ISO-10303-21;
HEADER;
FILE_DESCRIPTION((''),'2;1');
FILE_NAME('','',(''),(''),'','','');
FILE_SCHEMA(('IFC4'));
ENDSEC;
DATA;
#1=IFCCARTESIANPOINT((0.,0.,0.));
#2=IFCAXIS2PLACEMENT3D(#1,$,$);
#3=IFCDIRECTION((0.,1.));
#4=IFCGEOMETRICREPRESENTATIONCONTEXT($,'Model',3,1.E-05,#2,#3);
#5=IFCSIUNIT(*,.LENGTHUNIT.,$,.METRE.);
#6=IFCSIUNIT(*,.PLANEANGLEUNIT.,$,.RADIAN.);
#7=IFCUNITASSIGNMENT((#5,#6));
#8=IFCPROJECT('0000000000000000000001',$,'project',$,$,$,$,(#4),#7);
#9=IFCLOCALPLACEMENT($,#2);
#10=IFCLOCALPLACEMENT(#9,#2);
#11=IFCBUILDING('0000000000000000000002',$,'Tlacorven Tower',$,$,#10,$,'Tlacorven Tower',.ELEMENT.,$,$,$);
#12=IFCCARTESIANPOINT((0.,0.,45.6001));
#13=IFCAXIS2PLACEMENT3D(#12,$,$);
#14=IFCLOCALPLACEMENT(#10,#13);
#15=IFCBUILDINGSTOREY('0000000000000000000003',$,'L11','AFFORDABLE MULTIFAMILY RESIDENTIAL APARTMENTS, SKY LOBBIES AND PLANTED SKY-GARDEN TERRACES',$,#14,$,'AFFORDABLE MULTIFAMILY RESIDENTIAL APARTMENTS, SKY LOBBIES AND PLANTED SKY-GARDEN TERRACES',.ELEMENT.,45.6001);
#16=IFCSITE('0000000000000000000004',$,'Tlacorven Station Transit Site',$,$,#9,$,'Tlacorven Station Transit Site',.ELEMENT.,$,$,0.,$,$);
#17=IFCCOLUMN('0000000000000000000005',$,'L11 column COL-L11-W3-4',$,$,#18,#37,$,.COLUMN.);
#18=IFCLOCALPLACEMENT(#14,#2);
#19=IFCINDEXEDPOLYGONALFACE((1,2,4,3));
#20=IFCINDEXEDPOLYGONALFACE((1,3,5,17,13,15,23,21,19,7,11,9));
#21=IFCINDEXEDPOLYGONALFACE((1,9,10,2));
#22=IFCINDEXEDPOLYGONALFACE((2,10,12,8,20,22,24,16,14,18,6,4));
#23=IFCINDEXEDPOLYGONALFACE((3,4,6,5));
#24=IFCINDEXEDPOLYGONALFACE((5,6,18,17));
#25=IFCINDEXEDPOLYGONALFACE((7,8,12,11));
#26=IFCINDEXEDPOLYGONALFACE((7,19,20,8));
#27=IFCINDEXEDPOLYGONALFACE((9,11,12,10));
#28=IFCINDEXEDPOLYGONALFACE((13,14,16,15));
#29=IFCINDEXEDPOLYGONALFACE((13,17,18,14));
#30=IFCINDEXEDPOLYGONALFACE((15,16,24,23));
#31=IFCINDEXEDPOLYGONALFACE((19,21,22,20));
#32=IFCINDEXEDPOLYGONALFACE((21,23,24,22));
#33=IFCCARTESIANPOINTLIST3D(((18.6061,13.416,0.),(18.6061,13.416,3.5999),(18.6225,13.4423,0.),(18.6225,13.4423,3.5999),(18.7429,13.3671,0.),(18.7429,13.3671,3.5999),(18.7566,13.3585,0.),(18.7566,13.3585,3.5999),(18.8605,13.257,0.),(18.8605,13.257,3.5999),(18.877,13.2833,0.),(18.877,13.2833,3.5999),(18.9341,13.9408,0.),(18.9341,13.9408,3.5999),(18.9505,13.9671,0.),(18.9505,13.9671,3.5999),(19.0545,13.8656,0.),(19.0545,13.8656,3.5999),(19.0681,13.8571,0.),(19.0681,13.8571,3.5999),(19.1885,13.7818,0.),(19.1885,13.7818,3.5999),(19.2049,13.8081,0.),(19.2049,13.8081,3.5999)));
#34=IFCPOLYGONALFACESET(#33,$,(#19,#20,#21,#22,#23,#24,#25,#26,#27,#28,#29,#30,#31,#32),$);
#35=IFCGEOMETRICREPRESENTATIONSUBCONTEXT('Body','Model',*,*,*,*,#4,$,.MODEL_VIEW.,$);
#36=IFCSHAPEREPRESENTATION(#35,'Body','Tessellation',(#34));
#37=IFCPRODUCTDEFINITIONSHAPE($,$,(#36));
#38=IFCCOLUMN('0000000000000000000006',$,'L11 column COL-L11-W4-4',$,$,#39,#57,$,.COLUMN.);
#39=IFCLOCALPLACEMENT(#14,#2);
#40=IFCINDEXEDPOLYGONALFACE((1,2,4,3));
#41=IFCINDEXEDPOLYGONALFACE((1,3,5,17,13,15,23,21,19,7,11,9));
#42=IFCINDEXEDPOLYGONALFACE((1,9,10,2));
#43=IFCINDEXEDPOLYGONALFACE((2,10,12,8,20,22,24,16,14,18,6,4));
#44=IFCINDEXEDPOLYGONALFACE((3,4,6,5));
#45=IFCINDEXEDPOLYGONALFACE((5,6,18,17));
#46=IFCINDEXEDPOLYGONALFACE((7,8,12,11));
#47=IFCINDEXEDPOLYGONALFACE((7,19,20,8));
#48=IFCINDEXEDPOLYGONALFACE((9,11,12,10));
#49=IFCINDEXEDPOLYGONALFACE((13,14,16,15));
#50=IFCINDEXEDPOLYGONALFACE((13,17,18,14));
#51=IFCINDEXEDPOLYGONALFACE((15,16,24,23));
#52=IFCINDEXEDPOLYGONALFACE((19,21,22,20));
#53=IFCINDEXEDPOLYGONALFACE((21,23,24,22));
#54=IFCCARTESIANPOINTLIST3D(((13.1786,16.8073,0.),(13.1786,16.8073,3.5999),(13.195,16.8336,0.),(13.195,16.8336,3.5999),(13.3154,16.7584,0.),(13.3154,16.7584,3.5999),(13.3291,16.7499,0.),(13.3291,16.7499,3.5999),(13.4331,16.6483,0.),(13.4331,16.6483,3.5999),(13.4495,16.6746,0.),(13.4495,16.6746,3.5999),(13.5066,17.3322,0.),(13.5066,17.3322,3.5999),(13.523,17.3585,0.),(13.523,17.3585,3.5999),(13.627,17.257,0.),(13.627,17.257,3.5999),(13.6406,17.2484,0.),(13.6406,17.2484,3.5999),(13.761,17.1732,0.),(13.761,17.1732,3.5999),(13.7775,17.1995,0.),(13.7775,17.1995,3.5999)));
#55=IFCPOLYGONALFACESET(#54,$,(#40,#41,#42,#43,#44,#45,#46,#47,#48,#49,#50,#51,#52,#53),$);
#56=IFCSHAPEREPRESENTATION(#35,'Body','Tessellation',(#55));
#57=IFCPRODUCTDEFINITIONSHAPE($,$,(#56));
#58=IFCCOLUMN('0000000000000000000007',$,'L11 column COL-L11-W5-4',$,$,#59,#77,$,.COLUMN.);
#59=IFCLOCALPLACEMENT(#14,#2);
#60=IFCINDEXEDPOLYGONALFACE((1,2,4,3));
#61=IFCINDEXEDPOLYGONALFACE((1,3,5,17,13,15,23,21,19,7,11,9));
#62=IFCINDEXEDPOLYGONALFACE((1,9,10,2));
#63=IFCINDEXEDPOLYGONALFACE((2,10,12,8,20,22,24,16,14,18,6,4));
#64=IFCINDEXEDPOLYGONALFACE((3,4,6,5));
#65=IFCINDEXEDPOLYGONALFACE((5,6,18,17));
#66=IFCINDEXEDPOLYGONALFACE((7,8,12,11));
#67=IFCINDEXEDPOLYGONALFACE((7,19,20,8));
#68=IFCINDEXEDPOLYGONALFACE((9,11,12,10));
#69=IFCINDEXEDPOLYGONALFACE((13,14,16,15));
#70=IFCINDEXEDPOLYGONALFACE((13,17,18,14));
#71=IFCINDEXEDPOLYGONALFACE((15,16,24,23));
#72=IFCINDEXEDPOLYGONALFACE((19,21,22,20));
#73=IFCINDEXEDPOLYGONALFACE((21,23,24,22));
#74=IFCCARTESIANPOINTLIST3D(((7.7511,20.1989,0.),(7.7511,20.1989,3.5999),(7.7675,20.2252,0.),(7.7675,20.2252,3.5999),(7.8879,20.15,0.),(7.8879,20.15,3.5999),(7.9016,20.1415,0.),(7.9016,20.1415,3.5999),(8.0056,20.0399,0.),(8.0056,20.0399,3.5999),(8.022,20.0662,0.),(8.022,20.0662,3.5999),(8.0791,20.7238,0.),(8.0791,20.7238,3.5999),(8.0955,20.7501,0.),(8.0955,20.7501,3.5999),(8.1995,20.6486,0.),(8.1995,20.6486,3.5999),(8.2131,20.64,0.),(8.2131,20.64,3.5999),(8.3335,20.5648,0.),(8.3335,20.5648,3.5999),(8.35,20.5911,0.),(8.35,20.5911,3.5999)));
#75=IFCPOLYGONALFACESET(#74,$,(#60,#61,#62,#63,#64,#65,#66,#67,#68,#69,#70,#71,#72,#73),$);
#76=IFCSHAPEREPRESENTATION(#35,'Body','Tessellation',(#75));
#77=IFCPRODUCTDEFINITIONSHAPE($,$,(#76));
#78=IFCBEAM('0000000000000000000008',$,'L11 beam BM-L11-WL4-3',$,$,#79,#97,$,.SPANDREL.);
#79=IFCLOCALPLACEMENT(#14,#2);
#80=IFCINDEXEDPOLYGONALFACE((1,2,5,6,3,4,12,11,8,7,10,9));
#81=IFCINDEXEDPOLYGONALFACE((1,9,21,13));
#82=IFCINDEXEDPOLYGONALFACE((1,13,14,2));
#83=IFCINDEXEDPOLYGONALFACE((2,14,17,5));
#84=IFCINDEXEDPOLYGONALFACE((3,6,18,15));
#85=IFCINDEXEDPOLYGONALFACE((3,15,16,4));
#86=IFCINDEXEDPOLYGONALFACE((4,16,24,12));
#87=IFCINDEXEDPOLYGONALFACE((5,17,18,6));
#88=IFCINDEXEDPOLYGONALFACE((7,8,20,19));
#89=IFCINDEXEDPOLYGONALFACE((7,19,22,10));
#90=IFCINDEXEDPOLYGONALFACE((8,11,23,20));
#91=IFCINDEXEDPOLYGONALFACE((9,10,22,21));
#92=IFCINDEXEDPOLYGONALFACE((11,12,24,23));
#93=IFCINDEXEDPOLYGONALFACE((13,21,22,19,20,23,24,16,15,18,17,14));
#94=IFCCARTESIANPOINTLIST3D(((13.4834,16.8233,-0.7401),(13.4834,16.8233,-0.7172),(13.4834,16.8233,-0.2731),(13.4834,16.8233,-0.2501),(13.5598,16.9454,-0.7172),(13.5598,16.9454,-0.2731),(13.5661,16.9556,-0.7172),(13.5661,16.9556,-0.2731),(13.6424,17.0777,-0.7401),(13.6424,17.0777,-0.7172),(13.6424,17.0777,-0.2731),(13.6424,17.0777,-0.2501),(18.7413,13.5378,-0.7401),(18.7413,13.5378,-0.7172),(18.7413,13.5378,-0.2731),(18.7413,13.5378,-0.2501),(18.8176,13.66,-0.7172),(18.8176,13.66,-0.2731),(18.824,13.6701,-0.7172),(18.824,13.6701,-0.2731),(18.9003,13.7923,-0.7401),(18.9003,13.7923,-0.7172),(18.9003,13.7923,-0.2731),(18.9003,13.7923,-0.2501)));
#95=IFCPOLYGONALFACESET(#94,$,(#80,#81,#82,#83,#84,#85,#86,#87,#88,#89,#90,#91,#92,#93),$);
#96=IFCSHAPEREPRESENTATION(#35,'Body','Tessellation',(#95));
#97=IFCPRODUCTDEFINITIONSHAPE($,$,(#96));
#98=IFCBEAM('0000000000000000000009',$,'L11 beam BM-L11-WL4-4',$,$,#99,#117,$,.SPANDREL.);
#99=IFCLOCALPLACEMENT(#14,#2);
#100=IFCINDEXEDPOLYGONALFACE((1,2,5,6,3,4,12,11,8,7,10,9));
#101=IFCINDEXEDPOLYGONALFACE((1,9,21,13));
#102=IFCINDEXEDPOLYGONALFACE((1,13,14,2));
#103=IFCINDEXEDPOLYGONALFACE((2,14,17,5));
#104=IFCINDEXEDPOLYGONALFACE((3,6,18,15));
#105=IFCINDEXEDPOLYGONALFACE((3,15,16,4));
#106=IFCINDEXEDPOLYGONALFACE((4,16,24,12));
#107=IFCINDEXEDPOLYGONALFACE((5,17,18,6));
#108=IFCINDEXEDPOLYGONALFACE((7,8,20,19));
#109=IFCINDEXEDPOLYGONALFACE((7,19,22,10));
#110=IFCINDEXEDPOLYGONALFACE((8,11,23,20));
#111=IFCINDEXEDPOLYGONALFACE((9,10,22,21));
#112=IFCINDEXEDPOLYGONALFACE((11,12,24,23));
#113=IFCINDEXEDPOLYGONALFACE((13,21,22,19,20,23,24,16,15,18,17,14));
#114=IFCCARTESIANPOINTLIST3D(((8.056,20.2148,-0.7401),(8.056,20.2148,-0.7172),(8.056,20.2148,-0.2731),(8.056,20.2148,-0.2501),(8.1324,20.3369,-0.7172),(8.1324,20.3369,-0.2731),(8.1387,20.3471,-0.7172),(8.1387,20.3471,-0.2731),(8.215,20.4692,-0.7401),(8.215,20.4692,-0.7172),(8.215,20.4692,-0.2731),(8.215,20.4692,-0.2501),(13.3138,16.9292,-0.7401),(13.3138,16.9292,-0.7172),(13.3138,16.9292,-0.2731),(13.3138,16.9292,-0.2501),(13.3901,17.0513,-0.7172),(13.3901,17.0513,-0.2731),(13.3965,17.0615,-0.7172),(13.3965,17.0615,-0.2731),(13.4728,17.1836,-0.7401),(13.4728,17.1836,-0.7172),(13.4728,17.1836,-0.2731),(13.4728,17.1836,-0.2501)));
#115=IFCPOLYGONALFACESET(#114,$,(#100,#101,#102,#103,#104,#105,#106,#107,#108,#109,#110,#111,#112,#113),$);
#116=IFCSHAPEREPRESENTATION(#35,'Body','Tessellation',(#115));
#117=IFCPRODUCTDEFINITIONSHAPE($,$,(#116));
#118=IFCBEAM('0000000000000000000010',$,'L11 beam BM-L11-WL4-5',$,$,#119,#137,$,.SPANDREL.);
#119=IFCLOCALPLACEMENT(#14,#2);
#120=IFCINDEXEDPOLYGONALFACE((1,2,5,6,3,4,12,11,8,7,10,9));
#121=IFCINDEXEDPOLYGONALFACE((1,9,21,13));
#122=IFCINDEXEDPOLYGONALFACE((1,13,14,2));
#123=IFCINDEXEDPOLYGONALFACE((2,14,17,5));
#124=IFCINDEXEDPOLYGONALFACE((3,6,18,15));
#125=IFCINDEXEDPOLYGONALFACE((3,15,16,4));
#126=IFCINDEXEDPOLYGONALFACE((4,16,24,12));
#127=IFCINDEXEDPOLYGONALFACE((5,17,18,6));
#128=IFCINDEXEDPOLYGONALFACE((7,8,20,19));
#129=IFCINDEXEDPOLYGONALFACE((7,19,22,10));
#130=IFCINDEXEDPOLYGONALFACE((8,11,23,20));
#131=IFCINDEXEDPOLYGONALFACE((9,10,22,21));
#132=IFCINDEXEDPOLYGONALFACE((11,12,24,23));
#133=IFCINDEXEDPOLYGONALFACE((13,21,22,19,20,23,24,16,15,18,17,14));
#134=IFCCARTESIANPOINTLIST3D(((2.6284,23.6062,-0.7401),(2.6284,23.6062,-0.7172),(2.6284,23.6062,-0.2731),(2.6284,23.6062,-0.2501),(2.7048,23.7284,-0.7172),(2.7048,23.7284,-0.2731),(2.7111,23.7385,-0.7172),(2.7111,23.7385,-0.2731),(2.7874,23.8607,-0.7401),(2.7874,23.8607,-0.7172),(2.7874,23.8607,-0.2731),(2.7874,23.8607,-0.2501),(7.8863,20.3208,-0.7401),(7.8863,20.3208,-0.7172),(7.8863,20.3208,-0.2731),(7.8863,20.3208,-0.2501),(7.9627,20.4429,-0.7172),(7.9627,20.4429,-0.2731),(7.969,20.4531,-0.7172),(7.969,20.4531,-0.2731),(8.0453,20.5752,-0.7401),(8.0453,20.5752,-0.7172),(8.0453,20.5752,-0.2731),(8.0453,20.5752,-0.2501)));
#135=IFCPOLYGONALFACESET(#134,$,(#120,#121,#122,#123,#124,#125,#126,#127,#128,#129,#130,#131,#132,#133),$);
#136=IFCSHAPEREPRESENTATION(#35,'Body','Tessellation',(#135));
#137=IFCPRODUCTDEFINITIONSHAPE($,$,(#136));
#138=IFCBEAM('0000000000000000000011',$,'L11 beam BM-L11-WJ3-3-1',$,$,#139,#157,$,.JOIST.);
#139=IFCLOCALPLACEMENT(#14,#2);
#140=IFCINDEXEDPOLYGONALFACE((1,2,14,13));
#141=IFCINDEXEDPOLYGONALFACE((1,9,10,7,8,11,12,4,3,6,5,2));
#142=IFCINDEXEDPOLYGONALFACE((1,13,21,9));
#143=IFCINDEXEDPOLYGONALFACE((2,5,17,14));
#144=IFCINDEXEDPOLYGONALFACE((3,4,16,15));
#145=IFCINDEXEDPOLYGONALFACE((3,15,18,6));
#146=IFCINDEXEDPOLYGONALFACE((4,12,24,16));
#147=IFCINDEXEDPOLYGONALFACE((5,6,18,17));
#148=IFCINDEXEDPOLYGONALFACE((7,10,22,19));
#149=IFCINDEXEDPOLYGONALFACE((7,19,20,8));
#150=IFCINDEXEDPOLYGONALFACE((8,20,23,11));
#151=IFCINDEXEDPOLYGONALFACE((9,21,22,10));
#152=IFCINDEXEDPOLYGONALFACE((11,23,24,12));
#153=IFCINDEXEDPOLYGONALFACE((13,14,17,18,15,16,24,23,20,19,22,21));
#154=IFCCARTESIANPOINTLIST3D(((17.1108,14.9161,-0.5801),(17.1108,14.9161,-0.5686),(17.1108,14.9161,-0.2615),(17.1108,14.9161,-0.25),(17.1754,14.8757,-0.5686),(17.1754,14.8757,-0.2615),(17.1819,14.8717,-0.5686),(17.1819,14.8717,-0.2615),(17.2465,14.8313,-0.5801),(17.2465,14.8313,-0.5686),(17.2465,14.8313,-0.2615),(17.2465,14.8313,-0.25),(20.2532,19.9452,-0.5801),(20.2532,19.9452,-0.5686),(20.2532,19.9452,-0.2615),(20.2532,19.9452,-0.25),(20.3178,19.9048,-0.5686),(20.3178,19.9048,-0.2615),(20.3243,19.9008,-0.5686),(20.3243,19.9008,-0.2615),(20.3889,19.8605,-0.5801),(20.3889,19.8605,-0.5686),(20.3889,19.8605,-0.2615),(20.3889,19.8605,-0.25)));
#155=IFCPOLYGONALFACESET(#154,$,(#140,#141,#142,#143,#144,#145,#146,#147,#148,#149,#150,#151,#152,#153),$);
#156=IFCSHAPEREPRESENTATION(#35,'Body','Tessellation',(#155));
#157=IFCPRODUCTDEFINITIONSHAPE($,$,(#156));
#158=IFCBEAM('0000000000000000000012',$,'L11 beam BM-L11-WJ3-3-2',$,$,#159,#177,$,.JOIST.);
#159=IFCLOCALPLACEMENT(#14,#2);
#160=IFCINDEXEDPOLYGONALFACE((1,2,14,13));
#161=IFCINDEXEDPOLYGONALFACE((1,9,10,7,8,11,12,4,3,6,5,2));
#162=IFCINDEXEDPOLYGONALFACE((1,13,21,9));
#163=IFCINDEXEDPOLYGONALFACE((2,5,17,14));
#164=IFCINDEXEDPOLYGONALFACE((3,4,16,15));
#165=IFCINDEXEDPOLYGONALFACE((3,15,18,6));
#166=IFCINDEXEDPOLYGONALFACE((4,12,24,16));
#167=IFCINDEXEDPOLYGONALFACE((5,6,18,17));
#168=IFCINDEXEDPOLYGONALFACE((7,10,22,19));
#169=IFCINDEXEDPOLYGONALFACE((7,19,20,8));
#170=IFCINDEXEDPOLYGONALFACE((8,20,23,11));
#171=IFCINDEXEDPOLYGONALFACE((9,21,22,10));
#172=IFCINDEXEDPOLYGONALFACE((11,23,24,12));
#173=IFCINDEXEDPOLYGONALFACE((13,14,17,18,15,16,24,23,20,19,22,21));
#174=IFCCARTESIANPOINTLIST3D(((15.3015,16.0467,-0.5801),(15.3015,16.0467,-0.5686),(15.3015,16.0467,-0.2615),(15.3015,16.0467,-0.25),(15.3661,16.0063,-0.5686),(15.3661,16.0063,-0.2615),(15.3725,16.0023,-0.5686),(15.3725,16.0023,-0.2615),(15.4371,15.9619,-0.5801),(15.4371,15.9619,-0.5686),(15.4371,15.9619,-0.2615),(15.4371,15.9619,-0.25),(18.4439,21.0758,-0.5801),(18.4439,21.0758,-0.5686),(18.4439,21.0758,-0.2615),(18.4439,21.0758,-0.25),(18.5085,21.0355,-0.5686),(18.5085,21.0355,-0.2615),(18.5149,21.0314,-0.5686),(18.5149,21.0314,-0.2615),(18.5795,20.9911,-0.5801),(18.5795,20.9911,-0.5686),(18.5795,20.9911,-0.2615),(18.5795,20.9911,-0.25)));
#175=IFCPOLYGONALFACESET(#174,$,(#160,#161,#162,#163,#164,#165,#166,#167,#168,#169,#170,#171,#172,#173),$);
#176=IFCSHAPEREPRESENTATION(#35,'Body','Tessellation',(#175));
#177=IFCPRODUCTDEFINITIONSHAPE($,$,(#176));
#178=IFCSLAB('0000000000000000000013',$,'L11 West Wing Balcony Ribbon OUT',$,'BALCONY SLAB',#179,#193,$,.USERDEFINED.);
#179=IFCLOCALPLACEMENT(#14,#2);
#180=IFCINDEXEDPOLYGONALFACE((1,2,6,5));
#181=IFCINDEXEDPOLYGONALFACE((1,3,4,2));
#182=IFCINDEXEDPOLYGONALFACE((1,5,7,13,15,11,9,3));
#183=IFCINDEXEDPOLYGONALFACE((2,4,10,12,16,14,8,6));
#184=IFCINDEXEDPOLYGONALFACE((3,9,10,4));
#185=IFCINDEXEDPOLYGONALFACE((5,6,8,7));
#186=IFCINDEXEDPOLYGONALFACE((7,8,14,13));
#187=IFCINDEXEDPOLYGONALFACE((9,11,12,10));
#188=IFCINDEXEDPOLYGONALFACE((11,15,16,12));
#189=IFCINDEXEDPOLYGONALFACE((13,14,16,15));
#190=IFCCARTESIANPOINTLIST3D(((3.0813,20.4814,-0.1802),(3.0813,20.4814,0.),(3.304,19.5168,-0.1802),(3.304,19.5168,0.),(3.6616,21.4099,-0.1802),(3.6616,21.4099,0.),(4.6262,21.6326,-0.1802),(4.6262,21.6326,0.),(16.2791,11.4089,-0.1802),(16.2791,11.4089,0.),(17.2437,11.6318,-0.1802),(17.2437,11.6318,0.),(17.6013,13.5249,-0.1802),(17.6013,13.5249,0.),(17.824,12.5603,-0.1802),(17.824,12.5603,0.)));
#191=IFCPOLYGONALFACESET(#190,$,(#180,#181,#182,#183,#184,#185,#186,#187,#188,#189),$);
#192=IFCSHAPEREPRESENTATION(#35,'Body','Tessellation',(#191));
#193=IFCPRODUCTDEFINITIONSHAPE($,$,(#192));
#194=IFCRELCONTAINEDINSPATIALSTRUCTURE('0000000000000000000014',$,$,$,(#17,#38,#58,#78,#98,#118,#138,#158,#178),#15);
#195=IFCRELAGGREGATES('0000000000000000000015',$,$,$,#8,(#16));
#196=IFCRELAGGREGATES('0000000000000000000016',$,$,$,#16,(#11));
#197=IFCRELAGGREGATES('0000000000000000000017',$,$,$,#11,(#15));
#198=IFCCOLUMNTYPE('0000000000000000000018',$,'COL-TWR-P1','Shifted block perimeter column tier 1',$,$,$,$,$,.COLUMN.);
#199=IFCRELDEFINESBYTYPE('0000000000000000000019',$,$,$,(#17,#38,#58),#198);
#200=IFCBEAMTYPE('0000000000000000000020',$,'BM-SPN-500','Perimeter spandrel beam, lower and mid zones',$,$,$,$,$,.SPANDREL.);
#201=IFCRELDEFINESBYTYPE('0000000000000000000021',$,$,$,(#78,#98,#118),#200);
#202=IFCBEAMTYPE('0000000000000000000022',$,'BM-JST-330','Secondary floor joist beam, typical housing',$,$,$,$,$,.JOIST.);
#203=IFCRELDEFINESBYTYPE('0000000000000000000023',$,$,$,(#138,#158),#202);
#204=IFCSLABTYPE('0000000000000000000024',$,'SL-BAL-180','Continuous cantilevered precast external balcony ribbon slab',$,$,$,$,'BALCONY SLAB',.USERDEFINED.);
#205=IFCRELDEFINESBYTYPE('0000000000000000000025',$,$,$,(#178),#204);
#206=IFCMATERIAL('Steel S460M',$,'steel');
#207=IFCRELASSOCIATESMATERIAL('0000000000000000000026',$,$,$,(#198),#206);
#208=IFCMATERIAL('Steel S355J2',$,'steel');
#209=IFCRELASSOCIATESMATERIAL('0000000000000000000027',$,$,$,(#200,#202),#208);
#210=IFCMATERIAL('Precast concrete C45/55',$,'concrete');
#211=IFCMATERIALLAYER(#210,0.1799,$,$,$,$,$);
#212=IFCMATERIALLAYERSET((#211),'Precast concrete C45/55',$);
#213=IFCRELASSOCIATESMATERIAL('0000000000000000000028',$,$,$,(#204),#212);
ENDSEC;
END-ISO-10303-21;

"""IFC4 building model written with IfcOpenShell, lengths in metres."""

from ifc_helpers import new_model, si_unit, direction, frame, origin, origin_2d, place, context, subcontext, project, spatial, polyline, i_section, outline, extrude, source, transform, mapped, material, layer, layer_set, material_profile, profile_set, type_object, element, save


model = new_model("IFC4")

# Units and contexts
model_context = context("Model", 3, precision=1e-05, world=origin(), true_north=direction((0.0, 1.0)))
body_context = subcontext(model_context, "Body", "Model", "MODEL_VIEW")
ifc_project = project(units=[si_unit("LENGTHUNIT", "METRE"), si_unit("PLANEANGLEUNIT", "RADIAN")], contexts=[model_context])

# Site, building, storey
site_placement = place(None, origin())
site = spatial("IfcSite", under=ifc_project, at=site_placement, Name="Tlacorven Station Transit Site", LongName="Tlacorven Station Transit Site", CompositionType="ELEMENT", RefElevation=0.0)
building_placement = place(site_placement, origin())
building = spatial("IfcBuilding", under=site, at=building_placement, Name="Tlacorven Tower", LongName="Tlacorven Tower", CompositionType="ELEMENT")
storey_placement = place(building_placement, frame((0.0, 0.0, 45.6001)))
storey = spatial("IfcBuildingStorey", under=building, at=storey_placement, Name="L11", Description="AFFORDABLE MULTIFAMILY RESIDENTIAL APARTMENTS, SKY LOBBIES AND PLANTED SKY-GARDEN TERRACES", LongName="AFFORDABLE MULTIFAMILY RESIDENTIAL APARTMENTS, SKY LOBBIES AND PLANTED SKY-GARDEN TERRACES", CompositionType="ELEMENT", Elevation=45.6001)

# Columns
ifc_material_1 = material(Name="Steel S460M", Category="steel")
ifc_material_profile_1 = material_profile(ifc_material_1, i_section(OverallWidth=0.3, OverallDepth=0.6499, WebThickness=0.0161, FlangeThickness=0.031, at=origin_2d()), Name="HEB 650")
ifc_profile_set_1 = profile_set([ifc_material_profile_1], Name="Steel S460M")
column_type = type_object("IfcColumnType", Name="COL-TWR-P1", Description="Shifted block perimeter column tier 1", PredefinedType="COLUMN", material=ifc_profile_set_1)
shared_shape_1 = source(origin(), body_context, "Body", "SweptSolid", [
    extrude(i_section(OverallWidth=0.3, OverallDepth=0.6499, WebThickness=0.0161, FlangeThickness=0.031, at=origin_2d()), origin(), (0.0, 0.0, 1.0), 3.5999),
])
for number, where, z_axis, x_axis, name in (
    (1, (18.9055, 13.6121, 0.0), (0.0, 0.0, 1.0), (-0.848048, 0.529919, 0.0), "L11 column COL-L11-W3-4"),
    (2, (13.478, 17.0034, 0.0), (0.0, 0.0, 1.0), (-0.848048, 0.529919, 0.0), "L11 column COL-L11-W4-4"),
    (3, (8.0505, 20.395, 0.0), (0.0, 0.0, 1.0), (-0.848048, 0.529919, 0.0), "L11 column COL-L11-W5-4"),
):
    element("IfcColumn", number, at=place(storey_placement, frame(where, z_axis=z_axis, x_axis=x_axis)), inside=storey, type_object=column_type, Name=name, PredefinedType="COLUMN", context=body_context, shape_type="MappedRepresentation", body=[
        mapped(shared_shape_1, transform((0.0, 0.0, 0.0), scale=1.0)),
    ])

# Beams
ifc_material_2 = material(Name="Steel S355J2", Category="steel")
ifc_material_profile_2 = material_profile(ifc_material_2, i_section(OverallWidth=0.3, OverallDepth=0.49, WebThickness=0.012, FlangeThickness=0.0229, at=origin_2d()), Name="HEA 500")
ifc_profile_set_2 = profile_set([ifc_material_profile_2], Name="Steel S355J2")
beam_type_1 = type_object("IfcBeamType", Name="BM-SPN-500", Description="Perimeter spandrel beam, lower and mid zones", PredefinedType="SPANDREL", material=ifc_profile_set_2)
shared_shape_2 = source(origin(), body_context, "Body", "SweptSolid", [
    extrude(i_section(OverallWidth=0.3, OverallDepth=0.49, WebThickness=0.012, FlangeThickness=0.0229, at=origin_2d()), origin(), (0.0, 0.0, 1.0), 6.2),
])
for number, where, z_axis, x_axis, name in (
    (4, (18.8208, 13.665, -0.4951), (-0.848051, 0.529914, 0.0), (-0.529914, -0.848051, 0.0), "L11 beam BM-L11-WL4-3"),
    (5, (13.3933, 17.0564, -0.4951), (-0.848034, 0.529942, 0.0), (-0.529942, -0.848034, 0.0), "L11 beam BM-L11-WL4-4"),
    (6, (7.9658, 20.448, -0.4951), (-0.848051, 0.529914, 0.0), (-0.529914, -0.848051, 0.0), "L11 beam BM-L11-WL4-5"),
):
    element("IfcBeam", number, at=place(storey_placement, frame(where, z_axis=z_axis, x_axis=x_axis)), inside=storey, type_object=beam_type_1, Name=name, PredefinedType="SPANDREL", context=body_context, shape_type="MappedRepresentation", body=[
        mapped(shared_shape_2, transform((0.0, 0.0, 0.0), scale=1.0)),
    ])
ifc_material_profile_3 = material_profile(ifc_material_2, i_section(OverallWidth=0.1599, OverallDepth=0.3301, WebThickness=0.0076, FlangeThickness=0.0115, at=origin_2d()), Name="IPE 330")
ifc_profile_set_3 = profile_set([ifc_material_profile_3], Name="Steel S355J2")
beam_type_2 = type_object("IfcBeamType", Name="BM-JST-330", Description="Secondary floor joist beam, typical housing", PredefinedType="JOIST", material=ifc_profile_set_3)
shared_shape_3 = source(origin(), body_context, "Body", "SweptSolid", [
    extrude(i_section(OverallWidth=0.1599, OverallDepth=0.3301, WebThickness=0.0076, FlangeThickness=0.0115, at=origin_2d()), origin(), (0.0, 0.0, 1.0), 5.9302),
])
for number, where, z_axis, x_axis, name in (
    (7, (20.321, 19.9028, -0.415), (-0.529899, -0.848061, 0.0), (0.848061, -0.529899, 0.0), "L11 beam BM-L11-WJ3-3-1"),
    (8, (18.5117, 21.0334, -0.415), (-0.529899, -0.848061, 0.0), (0.848061, -0.529899, 0.0), "L11 beam BM-L11-WJ3-3-2"),
):
    element("IfcBeam", number, at=place(storey_placement, frame(where, z_axis=z_axis, x_axis=x_axis)), inside=storey, type_object=beam_type_2, Name=name, PredefinedType="JOIST", context=body_context, shape_type="MappedRepresentation", body=[
        mapped(shared_shape_3, transform((0.0, 0.0, 0.0), scale=1.0)),
    ])

# Slab
ifc_material_3 = material(Name="Precast concrete C45/55", Category="concrete")
ifc_layer_1 = layer(ifc_material_3, 0.1799)
ifc_layer_set_1 = layer_set([ifc_layer_1], Name="Precast concrete C45/55")
slab_type_1 = type_object("IfcSlabType", Name="SL-BAL-180", Description="Continuous cantilevered precast external balcony ribbon slab", ElementType="BALCONY SLAB", PredefinedType="USERDEFINED", material=ifc_layer_set_1)
slab_1_placement = place(storey_placement, frame((0.0, 0.0, -0.1802)))
element("IfcSlab", 9, at=slab_1_placement, inside=storey, type_object=slab_type_1, Name="L11 West Wing Balcony Ribbon OUT", ObjectType="BALCONY SLAB", PredefinedType="USERDEFINED", context=body_context, shape_type="SweptSolid", body=[
    extrude(outline(polyline([(17.6013, 13.5249), (4.6262, 21.6326), (3.6616, 21.4099), (3.0813, 20.4814), (3.304, 19.5168), (16.2791, 11.4089), (17.2437, 11.6318), (17.824, 12.5603), (17.6013, 13.5249)])), origin(), (0.0, 0.0, 1.0), 0.1802),
])

save(model, "model.ifc")
